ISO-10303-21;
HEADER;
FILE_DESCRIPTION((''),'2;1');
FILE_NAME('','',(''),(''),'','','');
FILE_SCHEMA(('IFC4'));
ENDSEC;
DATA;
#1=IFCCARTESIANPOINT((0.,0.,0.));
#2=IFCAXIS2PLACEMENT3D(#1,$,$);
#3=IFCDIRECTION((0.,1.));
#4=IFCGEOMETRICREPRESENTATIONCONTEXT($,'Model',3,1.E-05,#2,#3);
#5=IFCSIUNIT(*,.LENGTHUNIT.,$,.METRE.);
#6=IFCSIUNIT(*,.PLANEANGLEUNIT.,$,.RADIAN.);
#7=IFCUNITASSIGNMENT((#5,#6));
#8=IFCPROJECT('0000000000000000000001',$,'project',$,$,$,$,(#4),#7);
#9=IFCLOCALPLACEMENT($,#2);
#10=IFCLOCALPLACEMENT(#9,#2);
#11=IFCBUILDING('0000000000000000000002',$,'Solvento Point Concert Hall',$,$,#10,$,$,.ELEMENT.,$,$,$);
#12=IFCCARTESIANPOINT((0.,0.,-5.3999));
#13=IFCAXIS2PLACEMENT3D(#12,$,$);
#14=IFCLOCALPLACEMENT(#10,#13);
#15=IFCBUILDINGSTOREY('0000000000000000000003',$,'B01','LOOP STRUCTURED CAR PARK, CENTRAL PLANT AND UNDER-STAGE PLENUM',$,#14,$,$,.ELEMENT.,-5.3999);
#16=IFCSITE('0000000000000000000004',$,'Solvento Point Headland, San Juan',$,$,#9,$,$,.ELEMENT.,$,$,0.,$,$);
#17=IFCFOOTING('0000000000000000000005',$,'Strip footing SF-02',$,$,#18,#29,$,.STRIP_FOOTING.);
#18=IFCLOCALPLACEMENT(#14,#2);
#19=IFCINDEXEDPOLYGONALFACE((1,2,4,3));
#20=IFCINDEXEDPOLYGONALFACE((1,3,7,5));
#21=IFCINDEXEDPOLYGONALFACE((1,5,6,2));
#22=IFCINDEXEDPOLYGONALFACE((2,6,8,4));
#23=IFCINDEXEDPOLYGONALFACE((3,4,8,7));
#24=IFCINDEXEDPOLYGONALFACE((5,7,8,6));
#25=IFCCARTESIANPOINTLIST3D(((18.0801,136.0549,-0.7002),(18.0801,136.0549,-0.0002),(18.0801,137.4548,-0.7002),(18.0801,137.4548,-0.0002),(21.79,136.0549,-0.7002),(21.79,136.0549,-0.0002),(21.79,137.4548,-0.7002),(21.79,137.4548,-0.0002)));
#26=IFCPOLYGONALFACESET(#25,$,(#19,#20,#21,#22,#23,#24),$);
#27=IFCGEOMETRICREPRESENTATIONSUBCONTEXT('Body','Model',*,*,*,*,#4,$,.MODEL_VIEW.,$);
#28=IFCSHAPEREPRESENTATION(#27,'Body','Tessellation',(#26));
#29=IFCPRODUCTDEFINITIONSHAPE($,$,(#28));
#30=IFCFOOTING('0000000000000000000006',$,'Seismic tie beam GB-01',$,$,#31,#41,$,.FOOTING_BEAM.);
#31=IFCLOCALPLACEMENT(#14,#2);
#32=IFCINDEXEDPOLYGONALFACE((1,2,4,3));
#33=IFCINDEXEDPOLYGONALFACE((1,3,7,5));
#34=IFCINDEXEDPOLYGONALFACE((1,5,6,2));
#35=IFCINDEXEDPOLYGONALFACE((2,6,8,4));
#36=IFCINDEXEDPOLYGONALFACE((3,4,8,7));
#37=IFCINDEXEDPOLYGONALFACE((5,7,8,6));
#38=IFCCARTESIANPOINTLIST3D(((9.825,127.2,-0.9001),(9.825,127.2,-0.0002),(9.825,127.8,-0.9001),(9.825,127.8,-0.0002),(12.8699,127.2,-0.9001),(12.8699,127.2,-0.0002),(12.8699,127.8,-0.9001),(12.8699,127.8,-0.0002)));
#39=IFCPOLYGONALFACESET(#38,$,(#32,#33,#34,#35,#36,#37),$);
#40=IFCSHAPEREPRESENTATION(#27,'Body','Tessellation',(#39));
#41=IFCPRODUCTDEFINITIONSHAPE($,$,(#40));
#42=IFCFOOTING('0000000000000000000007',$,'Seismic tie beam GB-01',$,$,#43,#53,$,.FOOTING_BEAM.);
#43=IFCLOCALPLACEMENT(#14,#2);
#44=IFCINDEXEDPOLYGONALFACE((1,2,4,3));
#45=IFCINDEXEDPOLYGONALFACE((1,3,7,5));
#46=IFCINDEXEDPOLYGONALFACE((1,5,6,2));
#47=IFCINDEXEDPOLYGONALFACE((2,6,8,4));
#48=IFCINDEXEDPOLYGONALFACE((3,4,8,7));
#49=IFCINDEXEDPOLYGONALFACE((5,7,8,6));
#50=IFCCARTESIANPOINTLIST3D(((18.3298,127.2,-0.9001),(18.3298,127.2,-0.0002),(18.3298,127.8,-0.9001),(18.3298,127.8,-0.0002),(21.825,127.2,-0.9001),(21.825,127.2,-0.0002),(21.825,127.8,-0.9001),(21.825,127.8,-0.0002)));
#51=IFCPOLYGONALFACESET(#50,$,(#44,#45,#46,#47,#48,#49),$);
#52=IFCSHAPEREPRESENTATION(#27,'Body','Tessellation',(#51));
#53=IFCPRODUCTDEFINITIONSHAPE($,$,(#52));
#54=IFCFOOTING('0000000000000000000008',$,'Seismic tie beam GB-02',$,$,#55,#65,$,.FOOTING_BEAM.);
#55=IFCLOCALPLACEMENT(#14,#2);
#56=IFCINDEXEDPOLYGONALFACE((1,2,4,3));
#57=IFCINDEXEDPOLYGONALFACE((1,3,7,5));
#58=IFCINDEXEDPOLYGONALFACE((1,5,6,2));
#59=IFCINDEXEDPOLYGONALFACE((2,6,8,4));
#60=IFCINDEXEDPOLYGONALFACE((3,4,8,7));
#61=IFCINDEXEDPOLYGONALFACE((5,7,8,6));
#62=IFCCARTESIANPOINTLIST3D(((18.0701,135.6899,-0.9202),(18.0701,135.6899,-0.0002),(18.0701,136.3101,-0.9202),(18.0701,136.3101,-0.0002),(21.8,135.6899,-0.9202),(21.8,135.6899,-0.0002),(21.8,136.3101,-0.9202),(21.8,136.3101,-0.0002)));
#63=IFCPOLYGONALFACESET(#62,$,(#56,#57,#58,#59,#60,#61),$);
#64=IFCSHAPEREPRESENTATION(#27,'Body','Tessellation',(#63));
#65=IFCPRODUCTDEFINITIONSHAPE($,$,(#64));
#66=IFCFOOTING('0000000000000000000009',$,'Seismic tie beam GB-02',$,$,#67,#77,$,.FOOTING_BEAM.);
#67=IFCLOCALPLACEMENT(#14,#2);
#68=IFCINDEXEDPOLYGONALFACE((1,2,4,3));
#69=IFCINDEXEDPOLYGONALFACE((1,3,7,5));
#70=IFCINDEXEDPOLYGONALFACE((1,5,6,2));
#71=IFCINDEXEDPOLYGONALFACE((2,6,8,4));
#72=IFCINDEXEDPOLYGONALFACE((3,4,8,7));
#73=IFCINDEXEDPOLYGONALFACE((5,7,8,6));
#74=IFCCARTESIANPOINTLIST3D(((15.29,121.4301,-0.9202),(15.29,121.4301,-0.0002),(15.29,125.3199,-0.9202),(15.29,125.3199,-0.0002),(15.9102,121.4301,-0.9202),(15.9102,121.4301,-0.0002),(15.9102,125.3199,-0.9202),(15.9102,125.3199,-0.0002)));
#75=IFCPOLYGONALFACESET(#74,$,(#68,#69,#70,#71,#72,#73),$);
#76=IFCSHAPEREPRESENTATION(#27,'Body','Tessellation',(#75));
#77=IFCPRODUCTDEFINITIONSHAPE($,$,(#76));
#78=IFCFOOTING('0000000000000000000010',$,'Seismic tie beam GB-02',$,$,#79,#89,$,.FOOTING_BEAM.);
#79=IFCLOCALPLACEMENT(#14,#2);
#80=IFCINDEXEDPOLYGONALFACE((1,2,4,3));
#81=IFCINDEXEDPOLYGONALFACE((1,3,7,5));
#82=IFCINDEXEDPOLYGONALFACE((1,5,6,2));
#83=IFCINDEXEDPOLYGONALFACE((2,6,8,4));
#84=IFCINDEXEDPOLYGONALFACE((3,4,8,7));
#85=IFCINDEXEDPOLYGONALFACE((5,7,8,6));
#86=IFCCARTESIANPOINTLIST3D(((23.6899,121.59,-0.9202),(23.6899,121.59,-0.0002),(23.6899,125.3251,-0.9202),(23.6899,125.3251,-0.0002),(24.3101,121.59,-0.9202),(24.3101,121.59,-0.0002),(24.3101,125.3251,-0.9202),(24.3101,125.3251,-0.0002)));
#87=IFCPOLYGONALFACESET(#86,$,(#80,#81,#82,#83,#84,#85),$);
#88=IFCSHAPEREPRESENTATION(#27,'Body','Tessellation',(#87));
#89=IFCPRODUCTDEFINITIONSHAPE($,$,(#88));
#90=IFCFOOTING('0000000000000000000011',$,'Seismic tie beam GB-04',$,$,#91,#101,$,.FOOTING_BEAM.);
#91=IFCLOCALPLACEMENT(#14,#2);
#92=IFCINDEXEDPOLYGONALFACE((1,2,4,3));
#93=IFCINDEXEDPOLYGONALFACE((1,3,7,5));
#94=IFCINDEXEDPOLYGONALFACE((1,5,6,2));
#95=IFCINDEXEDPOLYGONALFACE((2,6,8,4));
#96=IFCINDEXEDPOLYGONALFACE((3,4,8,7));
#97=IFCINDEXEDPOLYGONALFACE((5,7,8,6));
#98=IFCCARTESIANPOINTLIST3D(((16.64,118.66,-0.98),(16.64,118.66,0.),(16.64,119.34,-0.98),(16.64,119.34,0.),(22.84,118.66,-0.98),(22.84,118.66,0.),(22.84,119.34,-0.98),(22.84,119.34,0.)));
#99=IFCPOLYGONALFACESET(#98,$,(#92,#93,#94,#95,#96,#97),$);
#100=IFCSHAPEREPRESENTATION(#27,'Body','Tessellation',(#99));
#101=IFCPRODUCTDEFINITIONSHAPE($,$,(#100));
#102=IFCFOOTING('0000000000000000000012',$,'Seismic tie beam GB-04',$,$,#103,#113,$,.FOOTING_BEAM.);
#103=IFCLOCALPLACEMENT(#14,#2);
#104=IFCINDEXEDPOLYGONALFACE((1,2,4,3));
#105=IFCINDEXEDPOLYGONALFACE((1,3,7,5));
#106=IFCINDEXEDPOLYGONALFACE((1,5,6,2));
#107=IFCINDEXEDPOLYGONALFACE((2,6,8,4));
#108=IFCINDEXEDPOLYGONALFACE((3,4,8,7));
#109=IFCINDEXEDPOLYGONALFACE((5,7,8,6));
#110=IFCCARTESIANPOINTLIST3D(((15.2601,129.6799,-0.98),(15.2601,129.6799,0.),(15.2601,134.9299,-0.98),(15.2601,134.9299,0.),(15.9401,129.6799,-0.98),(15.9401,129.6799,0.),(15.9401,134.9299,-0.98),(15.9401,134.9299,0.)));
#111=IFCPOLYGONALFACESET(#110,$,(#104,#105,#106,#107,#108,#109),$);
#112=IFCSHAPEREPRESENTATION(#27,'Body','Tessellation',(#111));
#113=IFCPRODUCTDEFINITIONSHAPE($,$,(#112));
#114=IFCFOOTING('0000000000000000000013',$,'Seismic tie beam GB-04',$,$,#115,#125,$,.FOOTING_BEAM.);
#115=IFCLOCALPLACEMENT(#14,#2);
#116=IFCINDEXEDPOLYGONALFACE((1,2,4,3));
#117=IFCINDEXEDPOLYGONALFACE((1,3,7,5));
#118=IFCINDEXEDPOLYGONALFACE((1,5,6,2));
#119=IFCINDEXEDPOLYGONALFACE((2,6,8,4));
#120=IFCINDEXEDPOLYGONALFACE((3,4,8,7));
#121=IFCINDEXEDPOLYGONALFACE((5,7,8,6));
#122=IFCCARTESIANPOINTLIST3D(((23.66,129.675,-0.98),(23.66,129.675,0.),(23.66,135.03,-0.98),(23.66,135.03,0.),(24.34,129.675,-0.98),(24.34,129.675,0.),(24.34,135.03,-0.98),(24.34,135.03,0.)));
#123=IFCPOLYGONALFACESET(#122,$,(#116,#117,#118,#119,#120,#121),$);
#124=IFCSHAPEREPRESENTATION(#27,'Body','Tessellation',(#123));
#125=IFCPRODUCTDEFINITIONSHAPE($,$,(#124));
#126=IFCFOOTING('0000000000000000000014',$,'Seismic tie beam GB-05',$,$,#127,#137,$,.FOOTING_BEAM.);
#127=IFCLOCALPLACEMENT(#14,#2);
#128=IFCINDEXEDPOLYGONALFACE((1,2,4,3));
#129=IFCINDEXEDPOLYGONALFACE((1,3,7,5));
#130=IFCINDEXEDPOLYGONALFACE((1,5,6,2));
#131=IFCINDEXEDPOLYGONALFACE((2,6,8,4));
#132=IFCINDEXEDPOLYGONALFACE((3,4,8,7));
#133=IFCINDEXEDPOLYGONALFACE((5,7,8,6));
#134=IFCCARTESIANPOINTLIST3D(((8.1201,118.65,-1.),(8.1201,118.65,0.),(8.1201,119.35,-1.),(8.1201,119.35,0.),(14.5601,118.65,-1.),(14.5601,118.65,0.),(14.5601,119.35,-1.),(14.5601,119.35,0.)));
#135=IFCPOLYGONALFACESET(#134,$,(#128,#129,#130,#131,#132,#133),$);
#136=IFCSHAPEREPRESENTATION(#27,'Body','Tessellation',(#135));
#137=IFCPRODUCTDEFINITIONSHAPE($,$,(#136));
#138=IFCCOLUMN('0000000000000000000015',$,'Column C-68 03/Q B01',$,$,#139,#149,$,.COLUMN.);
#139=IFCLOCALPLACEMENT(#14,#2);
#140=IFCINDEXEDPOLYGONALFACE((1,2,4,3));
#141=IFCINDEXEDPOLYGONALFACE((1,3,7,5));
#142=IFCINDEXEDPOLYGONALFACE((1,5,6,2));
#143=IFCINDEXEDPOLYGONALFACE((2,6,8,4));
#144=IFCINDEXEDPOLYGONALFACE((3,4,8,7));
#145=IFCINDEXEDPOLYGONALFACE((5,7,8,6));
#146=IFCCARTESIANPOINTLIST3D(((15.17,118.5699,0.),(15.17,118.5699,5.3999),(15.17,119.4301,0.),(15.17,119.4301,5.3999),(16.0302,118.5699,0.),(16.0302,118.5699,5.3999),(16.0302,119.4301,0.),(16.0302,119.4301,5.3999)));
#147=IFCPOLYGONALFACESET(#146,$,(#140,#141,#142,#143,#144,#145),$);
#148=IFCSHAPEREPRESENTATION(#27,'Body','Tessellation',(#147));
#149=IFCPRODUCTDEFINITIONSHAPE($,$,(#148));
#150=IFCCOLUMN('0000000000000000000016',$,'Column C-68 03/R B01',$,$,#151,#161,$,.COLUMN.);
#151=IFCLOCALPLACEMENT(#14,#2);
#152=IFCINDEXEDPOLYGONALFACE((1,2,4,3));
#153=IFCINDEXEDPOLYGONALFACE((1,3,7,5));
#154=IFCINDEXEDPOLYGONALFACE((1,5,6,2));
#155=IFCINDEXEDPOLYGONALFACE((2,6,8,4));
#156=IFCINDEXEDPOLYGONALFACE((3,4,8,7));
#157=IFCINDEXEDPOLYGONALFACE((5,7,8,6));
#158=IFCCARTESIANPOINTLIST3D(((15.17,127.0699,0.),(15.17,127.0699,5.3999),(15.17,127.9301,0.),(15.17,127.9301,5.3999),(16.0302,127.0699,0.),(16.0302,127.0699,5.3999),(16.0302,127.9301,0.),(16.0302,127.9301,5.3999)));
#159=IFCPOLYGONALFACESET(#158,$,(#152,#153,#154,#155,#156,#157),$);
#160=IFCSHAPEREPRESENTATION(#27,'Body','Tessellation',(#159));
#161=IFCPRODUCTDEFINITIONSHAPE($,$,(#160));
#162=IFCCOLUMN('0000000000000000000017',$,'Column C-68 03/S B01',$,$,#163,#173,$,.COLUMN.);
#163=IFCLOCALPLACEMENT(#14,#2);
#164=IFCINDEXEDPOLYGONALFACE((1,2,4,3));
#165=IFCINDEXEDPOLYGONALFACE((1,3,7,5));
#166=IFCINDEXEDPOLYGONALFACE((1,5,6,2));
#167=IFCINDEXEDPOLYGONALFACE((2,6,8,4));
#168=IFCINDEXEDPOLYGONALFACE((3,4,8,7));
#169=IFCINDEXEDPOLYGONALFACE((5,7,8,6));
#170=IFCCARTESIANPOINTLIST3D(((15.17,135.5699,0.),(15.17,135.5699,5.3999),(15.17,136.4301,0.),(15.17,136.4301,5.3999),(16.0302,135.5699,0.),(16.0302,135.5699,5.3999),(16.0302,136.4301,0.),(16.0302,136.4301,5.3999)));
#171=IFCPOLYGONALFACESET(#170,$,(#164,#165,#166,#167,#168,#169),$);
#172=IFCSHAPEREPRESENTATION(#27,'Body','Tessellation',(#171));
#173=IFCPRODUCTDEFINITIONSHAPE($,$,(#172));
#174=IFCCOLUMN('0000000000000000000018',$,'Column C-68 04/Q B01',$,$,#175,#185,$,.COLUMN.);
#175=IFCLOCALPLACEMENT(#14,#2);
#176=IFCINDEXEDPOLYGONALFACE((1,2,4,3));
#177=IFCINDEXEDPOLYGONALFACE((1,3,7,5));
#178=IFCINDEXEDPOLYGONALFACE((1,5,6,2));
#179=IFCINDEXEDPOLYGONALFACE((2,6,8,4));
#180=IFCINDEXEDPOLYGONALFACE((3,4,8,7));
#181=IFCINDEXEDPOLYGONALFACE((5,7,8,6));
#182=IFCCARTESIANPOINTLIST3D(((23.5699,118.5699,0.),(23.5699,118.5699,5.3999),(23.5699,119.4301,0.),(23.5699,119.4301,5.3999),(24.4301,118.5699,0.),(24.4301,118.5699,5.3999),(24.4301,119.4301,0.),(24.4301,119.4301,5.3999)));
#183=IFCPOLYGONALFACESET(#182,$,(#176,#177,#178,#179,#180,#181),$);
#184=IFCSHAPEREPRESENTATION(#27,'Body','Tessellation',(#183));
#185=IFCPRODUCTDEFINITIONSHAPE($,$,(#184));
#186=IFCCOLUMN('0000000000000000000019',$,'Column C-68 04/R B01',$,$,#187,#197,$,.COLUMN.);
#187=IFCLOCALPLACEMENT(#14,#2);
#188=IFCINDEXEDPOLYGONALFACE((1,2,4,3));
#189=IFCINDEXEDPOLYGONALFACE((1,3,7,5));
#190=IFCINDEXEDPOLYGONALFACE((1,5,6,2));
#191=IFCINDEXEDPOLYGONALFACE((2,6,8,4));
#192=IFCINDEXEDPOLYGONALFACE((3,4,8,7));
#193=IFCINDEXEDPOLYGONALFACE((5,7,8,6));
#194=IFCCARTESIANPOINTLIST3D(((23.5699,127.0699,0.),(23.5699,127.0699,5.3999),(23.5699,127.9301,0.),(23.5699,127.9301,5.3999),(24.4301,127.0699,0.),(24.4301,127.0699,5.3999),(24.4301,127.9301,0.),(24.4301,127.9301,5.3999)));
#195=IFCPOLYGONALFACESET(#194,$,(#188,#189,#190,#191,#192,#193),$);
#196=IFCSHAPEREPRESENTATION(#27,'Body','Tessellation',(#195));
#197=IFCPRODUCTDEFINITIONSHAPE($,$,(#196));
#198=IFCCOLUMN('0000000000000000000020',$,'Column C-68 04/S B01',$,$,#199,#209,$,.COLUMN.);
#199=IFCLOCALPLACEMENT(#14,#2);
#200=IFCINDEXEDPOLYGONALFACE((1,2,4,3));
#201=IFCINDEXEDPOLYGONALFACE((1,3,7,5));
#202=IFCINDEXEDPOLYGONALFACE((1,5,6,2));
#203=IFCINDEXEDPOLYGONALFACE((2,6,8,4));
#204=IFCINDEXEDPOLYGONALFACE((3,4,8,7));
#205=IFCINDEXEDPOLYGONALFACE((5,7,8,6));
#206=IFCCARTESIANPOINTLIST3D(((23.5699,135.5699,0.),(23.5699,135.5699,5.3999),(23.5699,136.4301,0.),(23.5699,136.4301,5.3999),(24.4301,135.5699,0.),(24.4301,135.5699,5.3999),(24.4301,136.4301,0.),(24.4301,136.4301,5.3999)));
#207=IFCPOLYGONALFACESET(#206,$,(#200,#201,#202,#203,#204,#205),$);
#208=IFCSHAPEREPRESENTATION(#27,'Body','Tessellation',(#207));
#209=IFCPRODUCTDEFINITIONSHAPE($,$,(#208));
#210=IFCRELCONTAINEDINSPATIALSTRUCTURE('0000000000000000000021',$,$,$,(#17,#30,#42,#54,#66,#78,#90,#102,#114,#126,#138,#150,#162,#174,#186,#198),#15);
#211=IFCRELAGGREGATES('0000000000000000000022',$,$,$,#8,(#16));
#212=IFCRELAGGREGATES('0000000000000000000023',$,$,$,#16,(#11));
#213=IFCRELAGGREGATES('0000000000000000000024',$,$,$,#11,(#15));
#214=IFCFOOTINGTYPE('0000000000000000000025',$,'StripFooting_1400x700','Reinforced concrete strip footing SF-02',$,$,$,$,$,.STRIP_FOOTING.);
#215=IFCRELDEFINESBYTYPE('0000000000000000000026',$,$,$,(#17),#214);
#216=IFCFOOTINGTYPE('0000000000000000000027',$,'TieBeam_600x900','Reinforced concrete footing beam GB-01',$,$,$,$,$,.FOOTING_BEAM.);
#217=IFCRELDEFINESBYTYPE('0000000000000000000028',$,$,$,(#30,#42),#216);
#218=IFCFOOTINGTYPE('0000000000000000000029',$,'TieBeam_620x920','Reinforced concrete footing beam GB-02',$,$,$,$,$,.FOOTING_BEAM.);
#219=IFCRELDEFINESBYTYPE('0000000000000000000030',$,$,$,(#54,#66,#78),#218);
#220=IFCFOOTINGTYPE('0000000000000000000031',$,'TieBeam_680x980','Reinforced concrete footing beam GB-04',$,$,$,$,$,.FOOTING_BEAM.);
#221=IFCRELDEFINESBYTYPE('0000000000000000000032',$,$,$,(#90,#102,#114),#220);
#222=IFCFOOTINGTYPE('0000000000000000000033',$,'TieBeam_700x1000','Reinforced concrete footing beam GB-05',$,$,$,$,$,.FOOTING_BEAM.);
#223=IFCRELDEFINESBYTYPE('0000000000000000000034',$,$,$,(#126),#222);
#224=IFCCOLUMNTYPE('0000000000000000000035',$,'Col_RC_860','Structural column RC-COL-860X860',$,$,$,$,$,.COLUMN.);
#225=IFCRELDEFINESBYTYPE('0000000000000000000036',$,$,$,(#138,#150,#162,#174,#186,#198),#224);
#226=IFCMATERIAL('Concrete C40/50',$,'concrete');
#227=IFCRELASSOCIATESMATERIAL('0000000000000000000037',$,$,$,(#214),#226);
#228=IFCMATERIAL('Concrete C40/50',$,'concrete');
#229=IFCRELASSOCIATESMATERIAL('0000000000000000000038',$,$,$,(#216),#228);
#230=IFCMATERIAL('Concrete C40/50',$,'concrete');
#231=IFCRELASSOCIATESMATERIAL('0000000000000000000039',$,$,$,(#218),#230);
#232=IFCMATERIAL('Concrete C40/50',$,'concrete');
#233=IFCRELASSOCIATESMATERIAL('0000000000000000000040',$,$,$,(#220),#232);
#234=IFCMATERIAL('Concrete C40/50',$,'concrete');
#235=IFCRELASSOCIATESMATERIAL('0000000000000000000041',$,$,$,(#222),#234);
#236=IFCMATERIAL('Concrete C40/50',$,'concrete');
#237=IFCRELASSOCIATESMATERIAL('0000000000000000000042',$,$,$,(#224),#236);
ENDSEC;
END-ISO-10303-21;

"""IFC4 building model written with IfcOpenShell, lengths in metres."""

from ifc_helpers import new_model, si_unit, direction, frame, origin, origin_2d, place, context, subcontext, project, spatial, rectangle, extrude, material, material_profile, profile_set, type_object, element, save


model = new_model("IFC4")

# Units and contexts
model_context = context("Model", 3, precision=1e-05, world=origin(), true_north=direction((0.0, 1.0)))
body_context = subcontext(model_context, "Body", "Model", "MODEL_VIEW")
ifc_project = project(units=[si_unit("LENGTHUNIT", "METRE"), si_unit("PLANEANGLEUNIT", "RADIAN")], contexts=[model_context])

# Site, building, storey
site_placement = place(None, origin())
site = spatial("IfcSite", under=ifc_project, at=site_placement, Name="Solvento Point Headland, San Juan", CompositionType="ELEMENT", RefElevation=0.0)
building_placement = place(site_placement, origin())
building = spatial("IfcBuilding", under=site, at=building_placement, Name="Solvento Point Concert Hall", CompositionType="ELEMENT")
storey_placement = place(building_placement, frame((0.0, 0.0, -5.3999)))
storey = spatial("IfcBuildingStorey", under=building, at=storey_placement, Name="B01", Description="LOOP STRUCTURED CAR PARK, CENTRAL PLANT AND UNDER-STAGE PLENUM", CompositionType="ELEMENT", Elevation=-5.3999)

# Footings
ifc_material_1 = material(Name="Concrete C40/50", Category="concrete")
footing_type_1 = type_object("IfcFootingType", Name="StripFooting_1400x700", Description="Reinforced concrete strip footing SF-02", PredefinedType="STRIP_FOOTING", material=ifc_material_1)
footing_1_placement = place(storey_placement, frame((19.9351, 136.7549, -0.7002), z_axis=(0.0, 0.0, 1.0), x_axis=(1.0, 0.0, 0.0)))
element("IfcFooting", 1, at=footing_1_placement, inside=storey, type_object=footing_type_1, Name="Strip footing SF-02", PredefinedType="STRIP_FOOTING", context=body_context, shape_type="SweptSolid", body=[
    extrude(rectangle(XDim=3.71, YDim=1.3999, at=origin_2d()), origin(), (0.0, 0.0, 1.0), 0.7),
])
ifc_material_2 = material(Name="Concrete C40/50", Category="concrete")
footing_type_2 = type_object("IfcFootingType", Name="TieBeam_600x900", Description="Reinforced concrete footing beam GB-01", PredefinedType="FOOTING_BEAM", material=ifc_material_2)
footing_2_placement = place(storey_placement, frame((11.3474, 127.5, -0.9001), z_axis=(0.0, 0.0, 1.0), x_axis=(1.0, 0.0, 0.0)))
element("IfcFooting", 2, at=footing_2_placement, inside=storey, type_object=footing_type_2, Name="Seismic tie beam GB-01", PredefinedType="FOOTING_BEAM", context=body_context, shape_type="SweptSolid", body=[
    extrude(rectangle(XDim=3.0449, YDim=0.6001, at=origin_2d()), origin(), (0.0, 0.0, 1.0), 0.8999),
])
footing_3_placement = place(storey_placement, frame((20.0774, 127.5, -0.9001), z_axis=(0.0, 0.0, 1.0), x_axis=(1.0, 0.0, 0.0)))
element("IfcFooting", 3, at=footing_3_placement, inside=storey, type_object=footing_type_2, Name="Seismic tie beam GB-01", PredefinedType="FOOTING_BEAM", context=body_context, shape_type="SweptSolid", body=[
    extrude(rectangle(XDim=3.4951, YDim=0.6001, at=origin_2d()), origin(), (0.0, 0.0, 1.0), 0.8999),
])
ifc_material_3 = material(Name="Concrete C40/50", Category="concrete")
footing_type_3 = type_object("IfcFootingType", Name="TieBeam_620x920", Description="Reinforced concrete footing beam GB-02", PredefinedType="FOOTING_BEAM", material=ifc_material_3)
footing_4_placement = place(storey_placement, frame((19.9351, 136.0, -0.9202), z_axis=(0.0, 0.0, 1.0), x_axis=(1.0, 0.0, 0.0)))
element("IfcFooting", 4, at=footing_4_placement, inside=storey, type_object=footing_type_3, Name="Seismic tie beam GB-02", PredefinedType="FOOTING_BEAM", context=body_context, shape_type="SweptSolid", body=[
    extrude(rectangle(XDim=3.73, YDim=0.6201, at=origin_2d()), origin(), (0.0, 0.0, 1.0), 0.9199),
])
footing_5_placement = place(storey_placement, frame((15.6001, 123.375, -0.9202), z_axis=(0.0, 0.0, 1.0), x_axis=(0.0, 1.0, 0.0)))
element("IfcFooting", 5, at=footing_5_placement, inside=storey, type_object=footing_type_3, Name="Seismic tie beam GB-02", PredefinedType="FOOTING_BEAM", context=body_context, shape_type="SweptSolid", body=[
    extrude(rectangle(XDim=3.8899, YDim=0.6201, at=origin_2d()), origin(), (0.0, 0.0, 1.0), 0.9199),
])
footing_6_placement = place(storey_placement, frame((24.0, 123.4575, -0.9202), z_axis=(0.0, 0.0, 1.0), x_axis=(0.0, 1.0, 0.0)))
element("IfcFooting", 6, at=footing_6_placement, inside=storey, type_object=footing_type_3, Name="Seismic tie beam GB-02", PredefinedType="FOOTING_BEAM", context=body_context, shape_type="SweptSolid", body=[
    extrude(rectangle(XDim=3.7351, YDim=0.6201, at=origin_2d()), origin(), (0.0, 0.0, 1.0), 0.9199),
])
ifc_material_4 = material(Name="Concrete C40/50", Category="concrete")
footing_type_4 = type_object("IfcFootingType", Name="TieBeam_680x980", Description="Reinforced concrete footing beam GB-04", PredefinedType="FOOTING_BEAM", material=ifc_material_4)
footing_7_placement = place(storey_placement, frame((19.74, 119.0, -0.98), z_axis=(0.0, 0.0, 1.0), x_axis=(1.0, 0.0, 0.0)))
element("IfcFooting", 7, at=footing_7_placement, inside=storey, type_object=footing_type_4, Name="Seismic tie beam GB-04", PredefinedType="FOOTING_BEAM", context=body_context, shape_type="SweptSolid", body=[
    extrude(rectangle(XDim=6.2, YDim=0.6799, at=origin_2d()), origin(), (0.0, 0.0, 1.0), 0.98),
])
footing_8_placement = place(storey_placement, frame((15.6001, 132.3049, -0.98), z_axis=(0.0, 0.0, 1.0), x_axis=(0.0, 1.0, 0.0)))
element("IfcFooting", 8, at=footing_8_placement, inside=storey, type_object=footing_type_4, Name="Seismic tie beam GB-04", PredefinedType="FOOTING_BEAM", context=body_context, shape_type="SweptSolid", body=[
    extrude(rectangle(XDim=5.25, YDim=0.6799, at=origin_2d()), origin(), (0.0, 0.0, 1.0), 0.98),
])
footing_9_placement = place(storey_placement, frame((24.0, 132.3525, -0.98), z_axis=(0.0, 0.0, 1.0), x_axis=(0.0, 1.0, 0.0)))
element("IfcFooting", 9, at=footing_9_placement, inside=storey, type_object=footing_type_4, Name="Seismic tie beam GB-04", PredefinedType="FOOTING_BEAM", context=body_context, shape_type="SweptSolid", body=[
    extrude(rectangle(XDim=5.355, YDim=0.6799, at=origin_2d()), origin(), (0.0, 0.0, 1.0), 0.98),
])
ifc_material_5 = material(Name="Concrete C40/50", Category="concrete")
footing_type_5 = type_object("IfcFootingType", Name="TieBeam_700x1000", Description="Reinforced concrete footing beam GB-05", PredefinedType="FOOTING_BEAM", material=ifc_material_5)
footing_10_placement = place(storey_placement, frame((11.3401, 119.0, -1.0), z_axis=(0.0, 0.0, 1.0), x_axis=(1.0, 0.0, 0.0)))
element("IfcFooting", 10, at=footing_10_placement, inside=storey, type_object=footing_type_5, Name="Seismic tie beam GB-05", PredefinedType="FOOTING_BEAM", context=body_context, shape_type="SweptSolid", body=[
    extrude(rectangle(XDim=6.4399, YDim=0.7, at=origin_2d()), origin(), (0.0, 0.0, 1.0), 1.0),
])

# Columns
ifc_material_6 = material(Name="Concrete C40/50", Category="concrete")
ifc_material_profile_1 = material_profile(ifc_material_6, rectangle(XDim=0.8601, YDim=0.8601, at=origin_2d()), Name="RC-COL-860X860")
ifc_profile_set_1 = profile_set([ifc_material_profile_1], Name="Concrete C40/50")
column_type = type_object("IfcColumnType", Name="Col_RC_860", Description="Structural column RC-COL-860X860", PredefinedType="COLUMN", material=ifc_profile_set_1)
for number, where, z_axis, x_axis, name in (
    (11, (15.6001, 119.0, 0.0), (0.0, 0.0, 1.0), (1.0, 0.0, 0.0), "Column C-68 03/Q B01"),
    (12, (15.6001, 127.5, 0.0), (0.0, 0.0, 1.0), (1.0, 0.0, 0.0), "Column C-68 03/R B01"),
    (13, (15.6001, 136.0, 0.0), (0.0, 0.0, 1.0), (1.0, 0.0, 0.0), "Column C-68 03/S B01"),
    (14, (24.0, 119.0, 0.0), (0.0, 0.0, 1.0), (1.0, 0.0, 0.0), "Column C-68 04/Q B01"),
    (15, (24.0, 127.5, 0.0), (0.0, 0.0, 1.0), (1.0, 0.0, 0.0), "Column C-68 04/R B01"),
    (16, (24.0, 136.0, 0.0), (0.0, 0.0, 1.0), (1.0, 0.0, 0.0), "Column C-68 04/S B01"),
):
    element("IfcColumn", number, at=place(storey_placement, frame(where, z_axis=z_axis, x_axis=x_axis)), inside=storey, type_object=column_type, Name=name, PredefinedType="COLUMN", context=body_context, shape_type="SweptSolid", body=[
        extrude(rectangle(XDim=0.8601, YDim=0.8601, at=origin_2d()), origin(), (0.0, 0.0, 1.0), 5.3999),
    ])

save(model, "model.ifc")
